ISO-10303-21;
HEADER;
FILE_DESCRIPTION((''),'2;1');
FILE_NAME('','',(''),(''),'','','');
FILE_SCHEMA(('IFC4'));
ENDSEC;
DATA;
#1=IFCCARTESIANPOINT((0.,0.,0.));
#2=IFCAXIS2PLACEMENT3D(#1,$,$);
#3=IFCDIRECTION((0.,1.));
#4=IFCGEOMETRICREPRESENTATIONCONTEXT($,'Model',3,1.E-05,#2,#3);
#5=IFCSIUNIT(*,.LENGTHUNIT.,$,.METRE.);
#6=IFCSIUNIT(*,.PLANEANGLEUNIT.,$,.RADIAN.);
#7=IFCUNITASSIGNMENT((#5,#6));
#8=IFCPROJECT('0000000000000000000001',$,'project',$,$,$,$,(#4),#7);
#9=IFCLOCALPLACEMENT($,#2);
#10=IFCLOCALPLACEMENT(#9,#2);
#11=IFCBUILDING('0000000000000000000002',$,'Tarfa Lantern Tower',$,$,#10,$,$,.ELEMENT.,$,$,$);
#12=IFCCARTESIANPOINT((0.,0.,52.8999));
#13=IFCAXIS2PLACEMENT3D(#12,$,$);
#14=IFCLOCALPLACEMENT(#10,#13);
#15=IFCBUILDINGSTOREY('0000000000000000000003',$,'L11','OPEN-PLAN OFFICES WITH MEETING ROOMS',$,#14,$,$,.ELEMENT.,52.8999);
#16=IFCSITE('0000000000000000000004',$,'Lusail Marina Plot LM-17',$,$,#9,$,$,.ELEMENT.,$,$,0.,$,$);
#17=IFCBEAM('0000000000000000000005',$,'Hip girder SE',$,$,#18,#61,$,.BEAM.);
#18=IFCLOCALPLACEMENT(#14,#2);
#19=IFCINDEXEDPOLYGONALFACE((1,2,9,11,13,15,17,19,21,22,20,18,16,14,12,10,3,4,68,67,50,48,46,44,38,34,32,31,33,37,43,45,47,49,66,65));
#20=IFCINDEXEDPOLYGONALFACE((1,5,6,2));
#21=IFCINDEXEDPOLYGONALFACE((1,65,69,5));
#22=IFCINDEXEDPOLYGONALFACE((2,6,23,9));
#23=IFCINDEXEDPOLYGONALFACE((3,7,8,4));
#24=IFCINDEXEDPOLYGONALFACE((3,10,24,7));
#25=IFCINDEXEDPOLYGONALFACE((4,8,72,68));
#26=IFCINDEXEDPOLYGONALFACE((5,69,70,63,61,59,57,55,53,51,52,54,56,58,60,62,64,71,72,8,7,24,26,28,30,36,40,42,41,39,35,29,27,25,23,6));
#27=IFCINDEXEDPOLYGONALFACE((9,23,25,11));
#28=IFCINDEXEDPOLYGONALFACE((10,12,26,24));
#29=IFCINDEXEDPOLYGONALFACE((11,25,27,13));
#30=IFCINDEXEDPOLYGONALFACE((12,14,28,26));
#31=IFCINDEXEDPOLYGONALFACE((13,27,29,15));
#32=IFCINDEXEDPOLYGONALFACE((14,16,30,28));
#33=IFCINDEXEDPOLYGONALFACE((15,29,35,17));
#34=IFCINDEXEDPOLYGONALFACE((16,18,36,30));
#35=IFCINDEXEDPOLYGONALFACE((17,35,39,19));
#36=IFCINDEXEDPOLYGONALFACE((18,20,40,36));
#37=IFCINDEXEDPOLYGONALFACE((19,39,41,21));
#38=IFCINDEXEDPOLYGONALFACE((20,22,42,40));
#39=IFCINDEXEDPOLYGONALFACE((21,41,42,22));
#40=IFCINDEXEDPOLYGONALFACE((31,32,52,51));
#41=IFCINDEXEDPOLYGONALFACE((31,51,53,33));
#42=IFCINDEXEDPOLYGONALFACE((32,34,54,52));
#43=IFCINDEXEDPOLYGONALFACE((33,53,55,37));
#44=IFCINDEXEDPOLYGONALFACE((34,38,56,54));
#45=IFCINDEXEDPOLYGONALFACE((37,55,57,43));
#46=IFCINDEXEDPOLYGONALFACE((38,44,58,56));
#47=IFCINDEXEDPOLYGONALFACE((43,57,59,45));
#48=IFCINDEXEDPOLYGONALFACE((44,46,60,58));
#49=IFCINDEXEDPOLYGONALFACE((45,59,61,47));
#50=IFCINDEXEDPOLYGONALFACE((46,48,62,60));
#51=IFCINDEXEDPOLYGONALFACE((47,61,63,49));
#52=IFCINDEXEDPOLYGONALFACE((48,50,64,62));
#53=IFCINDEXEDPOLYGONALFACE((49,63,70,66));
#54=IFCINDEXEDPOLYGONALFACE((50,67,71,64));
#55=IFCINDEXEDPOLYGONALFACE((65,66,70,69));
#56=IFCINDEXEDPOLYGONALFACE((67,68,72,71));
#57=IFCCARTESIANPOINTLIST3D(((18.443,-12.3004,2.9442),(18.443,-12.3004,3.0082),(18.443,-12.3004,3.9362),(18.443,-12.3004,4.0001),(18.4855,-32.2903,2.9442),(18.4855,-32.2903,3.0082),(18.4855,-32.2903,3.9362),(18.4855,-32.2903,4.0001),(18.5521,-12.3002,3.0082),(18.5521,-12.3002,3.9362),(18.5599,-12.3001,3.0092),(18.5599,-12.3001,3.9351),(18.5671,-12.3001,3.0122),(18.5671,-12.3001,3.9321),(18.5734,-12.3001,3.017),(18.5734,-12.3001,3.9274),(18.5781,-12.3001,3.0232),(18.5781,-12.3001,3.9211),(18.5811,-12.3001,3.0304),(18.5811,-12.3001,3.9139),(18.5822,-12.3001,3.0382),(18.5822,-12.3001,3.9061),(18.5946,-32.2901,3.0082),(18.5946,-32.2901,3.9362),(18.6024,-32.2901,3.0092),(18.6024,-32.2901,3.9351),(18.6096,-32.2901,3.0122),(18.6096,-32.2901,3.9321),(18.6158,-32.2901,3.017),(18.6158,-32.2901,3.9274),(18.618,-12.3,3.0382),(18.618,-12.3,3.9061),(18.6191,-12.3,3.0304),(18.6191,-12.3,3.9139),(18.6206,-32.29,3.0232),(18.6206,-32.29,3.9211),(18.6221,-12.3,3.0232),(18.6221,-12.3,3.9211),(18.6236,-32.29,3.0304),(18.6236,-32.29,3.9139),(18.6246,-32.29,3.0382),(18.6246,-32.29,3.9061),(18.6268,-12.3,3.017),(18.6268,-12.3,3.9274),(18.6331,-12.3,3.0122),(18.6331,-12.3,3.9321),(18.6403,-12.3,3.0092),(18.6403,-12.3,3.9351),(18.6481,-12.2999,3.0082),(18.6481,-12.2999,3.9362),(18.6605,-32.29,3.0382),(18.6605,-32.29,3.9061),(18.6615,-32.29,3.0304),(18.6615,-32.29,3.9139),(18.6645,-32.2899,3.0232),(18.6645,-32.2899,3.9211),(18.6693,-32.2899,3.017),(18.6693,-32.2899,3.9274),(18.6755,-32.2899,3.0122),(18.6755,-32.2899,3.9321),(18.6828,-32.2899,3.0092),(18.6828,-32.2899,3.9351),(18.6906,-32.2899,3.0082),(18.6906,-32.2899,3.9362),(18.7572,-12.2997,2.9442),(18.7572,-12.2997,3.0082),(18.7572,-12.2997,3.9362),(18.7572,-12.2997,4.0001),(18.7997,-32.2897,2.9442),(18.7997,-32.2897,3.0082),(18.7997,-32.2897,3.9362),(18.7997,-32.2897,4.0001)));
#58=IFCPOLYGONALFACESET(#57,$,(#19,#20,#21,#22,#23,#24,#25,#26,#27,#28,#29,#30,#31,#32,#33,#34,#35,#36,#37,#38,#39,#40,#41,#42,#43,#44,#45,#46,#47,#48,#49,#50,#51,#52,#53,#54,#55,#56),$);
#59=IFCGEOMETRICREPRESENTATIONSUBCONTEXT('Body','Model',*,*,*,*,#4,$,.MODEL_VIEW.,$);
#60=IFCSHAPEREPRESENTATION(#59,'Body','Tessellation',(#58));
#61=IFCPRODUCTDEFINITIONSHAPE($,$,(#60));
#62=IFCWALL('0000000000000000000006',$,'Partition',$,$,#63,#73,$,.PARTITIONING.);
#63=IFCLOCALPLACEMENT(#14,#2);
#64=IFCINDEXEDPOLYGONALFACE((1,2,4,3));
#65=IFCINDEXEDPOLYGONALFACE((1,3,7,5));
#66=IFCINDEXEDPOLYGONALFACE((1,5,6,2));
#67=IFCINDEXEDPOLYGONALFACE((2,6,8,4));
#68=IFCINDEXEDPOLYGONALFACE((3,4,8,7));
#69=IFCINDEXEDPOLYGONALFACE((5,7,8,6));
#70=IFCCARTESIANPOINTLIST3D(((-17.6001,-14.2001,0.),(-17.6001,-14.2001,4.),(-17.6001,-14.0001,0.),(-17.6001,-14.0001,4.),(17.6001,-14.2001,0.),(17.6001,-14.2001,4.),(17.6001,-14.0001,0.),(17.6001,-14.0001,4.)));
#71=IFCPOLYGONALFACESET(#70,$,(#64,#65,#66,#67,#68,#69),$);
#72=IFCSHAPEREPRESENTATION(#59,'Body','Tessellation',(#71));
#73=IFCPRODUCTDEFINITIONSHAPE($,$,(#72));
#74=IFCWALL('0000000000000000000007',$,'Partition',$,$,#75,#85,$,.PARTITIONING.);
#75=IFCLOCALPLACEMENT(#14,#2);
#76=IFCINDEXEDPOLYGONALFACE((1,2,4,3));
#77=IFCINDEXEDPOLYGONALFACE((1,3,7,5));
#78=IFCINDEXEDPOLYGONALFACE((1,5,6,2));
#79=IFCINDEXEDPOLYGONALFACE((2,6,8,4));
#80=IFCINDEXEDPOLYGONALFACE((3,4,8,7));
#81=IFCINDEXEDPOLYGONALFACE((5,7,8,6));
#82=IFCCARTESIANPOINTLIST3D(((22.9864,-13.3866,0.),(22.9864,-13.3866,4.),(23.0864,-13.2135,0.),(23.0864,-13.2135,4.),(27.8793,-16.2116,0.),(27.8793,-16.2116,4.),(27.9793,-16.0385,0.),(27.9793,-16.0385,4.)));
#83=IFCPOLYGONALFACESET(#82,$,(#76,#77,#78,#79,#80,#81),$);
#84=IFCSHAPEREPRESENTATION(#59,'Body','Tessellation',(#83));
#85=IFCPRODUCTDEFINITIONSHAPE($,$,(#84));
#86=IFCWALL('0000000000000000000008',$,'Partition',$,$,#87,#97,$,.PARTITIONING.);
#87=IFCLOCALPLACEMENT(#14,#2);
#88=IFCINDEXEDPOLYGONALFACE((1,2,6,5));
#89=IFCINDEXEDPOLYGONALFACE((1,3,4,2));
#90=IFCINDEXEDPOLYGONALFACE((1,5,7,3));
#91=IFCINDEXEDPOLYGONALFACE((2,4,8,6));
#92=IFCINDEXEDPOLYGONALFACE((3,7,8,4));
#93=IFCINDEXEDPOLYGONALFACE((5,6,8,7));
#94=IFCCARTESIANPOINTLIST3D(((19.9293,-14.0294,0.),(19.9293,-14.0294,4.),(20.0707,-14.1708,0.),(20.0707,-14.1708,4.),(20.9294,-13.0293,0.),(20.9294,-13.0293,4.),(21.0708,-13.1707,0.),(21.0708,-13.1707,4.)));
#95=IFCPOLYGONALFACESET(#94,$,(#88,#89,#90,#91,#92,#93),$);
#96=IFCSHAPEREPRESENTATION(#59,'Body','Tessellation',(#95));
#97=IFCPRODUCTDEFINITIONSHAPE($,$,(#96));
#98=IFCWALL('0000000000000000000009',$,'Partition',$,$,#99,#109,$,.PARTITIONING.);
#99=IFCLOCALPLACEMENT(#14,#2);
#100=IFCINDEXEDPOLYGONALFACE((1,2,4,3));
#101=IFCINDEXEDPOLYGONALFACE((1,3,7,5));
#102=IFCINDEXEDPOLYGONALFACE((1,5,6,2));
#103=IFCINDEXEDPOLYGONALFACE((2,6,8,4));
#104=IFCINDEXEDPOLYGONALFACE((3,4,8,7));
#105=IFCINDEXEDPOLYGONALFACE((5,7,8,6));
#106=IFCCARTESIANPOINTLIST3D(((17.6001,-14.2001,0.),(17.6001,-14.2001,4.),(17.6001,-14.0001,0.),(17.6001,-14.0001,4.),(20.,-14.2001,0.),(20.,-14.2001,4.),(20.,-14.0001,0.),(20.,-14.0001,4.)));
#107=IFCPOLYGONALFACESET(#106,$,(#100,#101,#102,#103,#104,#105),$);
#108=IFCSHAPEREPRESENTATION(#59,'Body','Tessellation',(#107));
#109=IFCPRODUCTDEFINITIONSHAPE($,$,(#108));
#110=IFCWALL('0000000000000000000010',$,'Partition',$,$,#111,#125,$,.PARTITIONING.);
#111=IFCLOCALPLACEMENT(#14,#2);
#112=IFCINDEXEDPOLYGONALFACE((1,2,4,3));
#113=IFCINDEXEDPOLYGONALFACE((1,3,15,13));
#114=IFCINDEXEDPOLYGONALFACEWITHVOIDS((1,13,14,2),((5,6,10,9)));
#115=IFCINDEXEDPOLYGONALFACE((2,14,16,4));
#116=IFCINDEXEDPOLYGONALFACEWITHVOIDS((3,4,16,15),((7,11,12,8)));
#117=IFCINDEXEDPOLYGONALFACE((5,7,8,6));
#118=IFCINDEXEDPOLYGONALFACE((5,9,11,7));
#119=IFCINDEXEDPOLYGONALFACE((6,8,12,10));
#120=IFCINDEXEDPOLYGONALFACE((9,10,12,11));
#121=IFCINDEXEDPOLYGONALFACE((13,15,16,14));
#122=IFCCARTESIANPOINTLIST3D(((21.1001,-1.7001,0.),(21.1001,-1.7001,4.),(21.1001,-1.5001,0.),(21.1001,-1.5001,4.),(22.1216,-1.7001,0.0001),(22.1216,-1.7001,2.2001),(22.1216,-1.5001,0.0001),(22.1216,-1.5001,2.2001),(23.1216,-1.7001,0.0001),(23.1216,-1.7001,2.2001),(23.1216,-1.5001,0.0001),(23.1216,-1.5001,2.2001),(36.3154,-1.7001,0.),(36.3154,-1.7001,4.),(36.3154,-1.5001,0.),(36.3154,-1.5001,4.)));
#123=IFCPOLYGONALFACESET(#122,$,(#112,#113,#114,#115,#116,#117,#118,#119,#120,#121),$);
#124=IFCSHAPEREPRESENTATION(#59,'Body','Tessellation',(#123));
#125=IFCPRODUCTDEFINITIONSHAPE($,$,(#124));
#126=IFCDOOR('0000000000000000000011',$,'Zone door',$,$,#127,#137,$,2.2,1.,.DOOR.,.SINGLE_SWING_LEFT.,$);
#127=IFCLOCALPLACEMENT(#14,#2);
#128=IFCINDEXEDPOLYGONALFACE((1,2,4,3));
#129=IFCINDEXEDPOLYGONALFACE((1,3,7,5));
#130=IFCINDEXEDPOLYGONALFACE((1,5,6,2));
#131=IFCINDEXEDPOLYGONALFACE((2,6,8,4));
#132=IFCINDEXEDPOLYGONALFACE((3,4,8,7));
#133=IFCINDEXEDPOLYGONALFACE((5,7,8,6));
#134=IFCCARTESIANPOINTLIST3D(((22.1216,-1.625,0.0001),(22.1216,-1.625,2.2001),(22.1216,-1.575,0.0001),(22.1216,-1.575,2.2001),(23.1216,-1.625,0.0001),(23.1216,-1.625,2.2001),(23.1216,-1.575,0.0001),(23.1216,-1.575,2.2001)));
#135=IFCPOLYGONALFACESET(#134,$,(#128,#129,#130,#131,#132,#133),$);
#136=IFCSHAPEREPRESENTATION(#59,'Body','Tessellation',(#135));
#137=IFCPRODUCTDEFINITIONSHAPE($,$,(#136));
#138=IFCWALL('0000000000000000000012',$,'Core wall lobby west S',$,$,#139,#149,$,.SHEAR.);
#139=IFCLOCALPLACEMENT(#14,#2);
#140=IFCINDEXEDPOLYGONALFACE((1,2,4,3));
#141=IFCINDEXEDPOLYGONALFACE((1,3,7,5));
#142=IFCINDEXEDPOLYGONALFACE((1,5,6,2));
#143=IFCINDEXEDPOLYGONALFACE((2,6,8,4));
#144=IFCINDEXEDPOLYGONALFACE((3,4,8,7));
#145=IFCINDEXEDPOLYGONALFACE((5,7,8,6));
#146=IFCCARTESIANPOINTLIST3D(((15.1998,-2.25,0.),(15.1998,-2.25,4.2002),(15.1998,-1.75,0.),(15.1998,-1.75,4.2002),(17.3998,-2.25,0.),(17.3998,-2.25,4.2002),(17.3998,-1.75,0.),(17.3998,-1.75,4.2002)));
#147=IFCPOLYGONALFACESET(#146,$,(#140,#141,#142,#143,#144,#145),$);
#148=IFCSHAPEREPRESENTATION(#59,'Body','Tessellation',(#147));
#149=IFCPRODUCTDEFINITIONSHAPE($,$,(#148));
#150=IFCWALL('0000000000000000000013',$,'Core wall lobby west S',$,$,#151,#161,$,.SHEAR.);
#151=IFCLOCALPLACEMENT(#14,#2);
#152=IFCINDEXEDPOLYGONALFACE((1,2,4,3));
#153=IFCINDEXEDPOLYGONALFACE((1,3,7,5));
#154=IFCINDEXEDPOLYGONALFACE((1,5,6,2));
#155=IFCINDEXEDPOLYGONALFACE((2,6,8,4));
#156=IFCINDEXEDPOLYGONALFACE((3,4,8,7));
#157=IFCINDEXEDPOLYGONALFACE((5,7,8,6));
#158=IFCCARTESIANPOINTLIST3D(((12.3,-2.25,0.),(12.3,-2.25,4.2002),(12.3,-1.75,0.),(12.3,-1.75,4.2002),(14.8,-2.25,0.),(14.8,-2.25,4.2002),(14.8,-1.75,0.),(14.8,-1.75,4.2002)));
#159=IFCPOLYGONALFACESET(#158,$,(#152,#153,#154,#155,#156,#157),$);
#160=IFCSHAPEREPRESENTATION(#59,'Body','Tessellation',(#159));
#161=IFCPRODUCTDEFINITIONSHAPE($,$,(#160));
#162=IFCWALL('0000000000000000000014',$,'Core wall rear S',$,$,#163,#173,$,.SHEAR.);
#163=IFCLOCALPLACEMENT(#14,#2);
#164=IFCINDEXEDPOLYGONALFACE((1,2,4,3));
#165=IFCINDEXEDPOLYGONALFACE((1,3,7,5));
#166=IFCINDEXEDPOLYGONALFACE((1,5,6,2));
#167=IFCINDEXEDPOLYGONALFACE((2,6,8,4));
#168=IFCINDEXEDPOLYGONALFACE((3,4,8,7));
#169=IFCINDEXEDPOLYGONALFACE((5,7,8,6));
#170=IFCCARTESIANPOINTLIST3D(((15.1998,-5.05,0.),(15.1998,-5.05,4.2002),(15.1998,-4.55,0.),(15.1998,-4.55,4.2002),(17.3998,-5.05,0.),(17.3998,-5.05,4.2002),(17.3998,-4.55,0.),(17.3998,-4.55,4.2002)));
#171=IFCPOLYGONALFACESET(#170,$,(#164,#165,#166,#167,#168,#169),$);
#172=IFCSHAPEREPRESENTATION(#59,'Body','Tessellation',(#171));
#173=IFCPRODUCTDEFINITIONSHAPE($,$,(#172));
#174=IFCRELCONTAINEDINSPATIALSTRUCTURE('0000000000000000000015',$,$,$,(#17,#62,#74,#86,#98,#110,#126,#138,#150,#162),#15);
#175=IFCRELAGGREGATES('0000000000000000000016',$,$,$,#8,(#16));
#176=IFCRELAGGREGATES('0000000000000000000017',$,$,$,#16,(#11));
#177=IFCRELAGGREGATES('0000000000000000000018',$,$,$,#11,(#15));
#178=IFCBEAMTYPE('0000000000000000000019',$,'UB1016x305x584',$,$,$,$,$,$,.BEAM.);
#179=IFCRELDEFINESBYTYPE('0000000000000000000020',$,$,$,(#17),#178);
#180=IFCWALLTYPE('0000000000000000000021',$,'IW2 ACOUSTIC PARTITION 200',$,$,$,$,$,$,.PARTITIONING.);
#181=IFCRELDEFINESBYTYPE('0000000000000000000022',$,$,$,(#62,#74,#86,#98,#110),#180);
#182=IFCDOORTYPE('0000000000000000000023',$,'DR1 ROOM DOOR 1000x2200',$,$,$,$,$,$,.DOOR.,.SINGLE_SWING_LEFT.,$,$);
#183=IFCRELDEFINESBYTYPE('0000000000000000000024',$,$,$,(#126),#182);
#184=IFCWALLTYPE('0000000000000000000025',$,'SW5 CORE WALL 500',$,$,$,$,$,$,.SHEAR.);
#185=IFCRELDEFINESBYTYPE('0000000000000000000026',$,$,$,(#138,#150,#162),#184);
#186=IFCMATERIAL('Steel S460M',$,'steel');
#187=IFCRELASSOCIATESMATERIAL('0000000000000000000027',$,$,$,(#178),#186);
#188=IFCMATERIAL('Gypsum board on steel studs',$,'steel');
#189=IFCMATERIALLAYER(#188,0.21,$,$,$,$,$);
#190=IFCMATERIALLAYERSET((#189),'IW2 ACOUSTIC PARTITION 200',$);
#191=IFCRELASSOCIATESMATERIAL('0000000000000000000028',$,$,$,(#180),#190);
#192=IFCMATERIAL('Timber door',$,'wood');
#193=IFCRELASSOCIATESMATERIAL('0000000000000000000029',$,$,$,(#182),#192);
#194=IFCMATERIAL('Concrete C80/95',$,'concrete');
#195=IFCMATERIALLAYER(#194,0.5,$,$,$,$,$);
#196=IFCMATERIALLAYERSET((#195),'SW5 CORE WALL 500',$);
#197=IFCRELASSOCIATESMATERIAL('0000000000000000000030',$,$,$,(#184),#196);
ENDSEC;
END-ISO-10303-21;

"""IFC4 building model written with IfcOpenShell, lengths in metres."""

from ifc_helpers import new_model, si_unit, direction, frame, frame_2d, origin, origin_2d, place, context, subcontext, project, spatial, rectangle, i_section, extrude, material, layer, layer_set, material_profile, profile_set, type_object, element, fill, save


model = new_model("IFC4")

# Units and contexts
model_context = context("Model", 3, precision=1e-05, world=origin(), true_north=direction((0.0, 1.0)))
body_context = subcontext(model_context, "Body", "Model", "MODEL_VIEW")
ifc_project = project(units=[si_unit("LENGTHUNIT", "METRE"), si_unit("PLANEANGLEUNIT", "RADIAN")], contexts=[model_context])

# Site, building, storey
site_placement = place(None, origin())
site = spatial("IfcSite", under=ifc_project, at=site_placement, Name="Lusail Marina Plot LM-17", CompositionType="ELEMENT", RefElevation=0.0)
building_placement = place(site_placement, origin())
building = spatial("IfcBuilding", under=site, at=building_placement, Name="Tarfa Lantern Tower", CompositionType="ELEMENT")
storey_placement = place(building_placement, frame((0.0, 0.0, 52.8999)))
storey = spatial("IfcBuildingStorey", under=building, at=storey_placement, Name="L11", Description="OPEN-PLAN OFFICES WITH MEETING ROOMS", CompositionType="ELEMENT", Elevation=52.8999)

# Beam
ifc_material_1 = material(Name="Steel S460M", Category="steel")
ifc_material_profile = material_profile(ifc_material_1, i_section(OverallWidth=0.3142, OverallDepth=1.0559, WebThickness=0.0359, FlangeThickness=0.064, FilletRadius=0.03, at=origin_2d()), Name="UB1016x305x584")
ifc_profile_set = profile_set([ifc_material_profile], Name="Steel S460M")
beam_type = type_object("IfcBeamType", Name="UB1016x305x584", PredefinedType="BEAM", material=ifc_profile_set)
beam_placement = place(storey_placement, frame((18.6001, -12.3, 3.4722), z_axis=(0.002125, -0.999998, 0.0), x_axis=(0.999998, 0.002125, 0.0)))
element("IfcBeam", 1, at=beam_placement, inside=storey, type_object=beam_type, Name="Hip girder SE", PredefinedType="BEAM", context=body_context, shape_type="SweptSolid", body=[
    extrude(i_section(OverallWidth=0.3142, OverallDepth=1.0559, WebThickness=0.0359, FlangeThickness=0.064, FilletRadius=0.03, at=origin_2d()), origin(), (0.0, 0.0, 1.0), 19.99),
])

# Walls
ifc_material_2 = material(Name="Gypsum board on steel studs", Category="steel")
ifc_layer_1 = layer(ifc_material_2, 0.21)
ifc_layer_set_1 = layer_set([ifc_layer_1], Name="IW2 ACOUSTIC PARTITION 200")
wall_type_1 = type_object("IfcWallType", Name="IW2 ACOUSTIC PARTITION 200", PredefinedType="PARTITIONING", material=ifc_layer_set_1)
wall_1_placement = place(storey_placement, frame((17.6001, -14.1001, 0.0), z_axis=(0.0, 0.0, 1.0), x_axis=(-1.0, 0.0, 0.0)))
element("IfcWall", 2, at=wall_1_placement, inside=storey, type_object=wall_type_1, Name="Partition", PredefinedType="PARTITIONING", context=body_context, shape_type="SweptSolid", body=[
    extrude(rectangle(XDim=35.2002, YDim=0.2, at=frame_2d((17.6001, 0.0))), origin(), (0.0, 0.0, 1.0), 4.0),
])
wall_2_placement = place(storey_placement, frame((23.0364, -13.3, 0.0), z_axis=(0.0, 0.0, 1.0), x_axis=(0.866019, -0.50001, 0.0)))
element("IfcWall", 3, at=wall_2_placement, inside=storey, type_object=wall_type_1, Name="Partition", PredefinedType="PARTITIONING", context=body_context, shape_type="SweptSolid", body=[
    extrude(rectangle(XDim=5.6499, YDim=0.2, at=frame_2d((2.825, 0.0))), origin(), (0.0, 0.0, 1.0), 4.0),
])
wall_3_placement = place(storey_placement, frame((21.0, -13.1001, 0.0), z_axis=(0.0, 0.0, 1.0), x_axis=(-0.707107, -0.707107, 0.0)))
element("IfcWall", 4, at=wall_3_placement, inside=storey, type_object=wall_type_1, Name="Partition", PredefinedType="PARTITIONING", context=body_context, shape_type="SweptSolid", body=[
    extrude(rectangle(XDim=1.4143, YDim=0.2, at=frame_2d((0.707, 0.0))), origin(), (0.0, 0.0, 1.0), 4.0),
])
wall_4_placement = place(storey_placement, frame((20.0, -14.1001, 0.0), z_axis=(0.0, 0.0, 1.0), x_axis=(-1.0, 0.0, 0.0)))
element("IfcWall", 5, at=wall_4_placement, inside=storey, type_object=wall_type_1, Name="Partition", PredefinedType="PARTITIONING", context=body_context, shape_type="SweptSolid", body=[
    extrude(rectangle(XDim=2.3999, YDim=0.2, at=frame_2d((1.2, 0.0))), origin(), (0.0, 0.0, 1.0), 4.0),
])

# Wall, opening, door
wall_5_placement = place(storey_placement, frame((21.1001, -1.6001, 0.0), z_axis=(0.0, 0.0, 1.0), x_axis=(1.0, 0.0, 0.0)))
wall_5 = element("IfcWall", 6, at=wall_5_placement, inside=storey, type_object=wall_type_1, Name="Partition", PredefinedType="PARTITIONING", context=body_context, shape_type="SweptSolid", body=[
    extrude(rectangle(XDim=15.2153, YDim=0.2, at=frame_2d((7.6077, 0.0))), origin(), (0.0, 0.0, 1.0), 4.0),
])
opening_1_placement = place(wall_5_placement, frame((1.0215, 0.0, 0.0)))
opening_1 = element("IfcOpeningElement", 7, at=opening_1_placement, cuts=wall_5, PredefinedType="OPENING", context=body_context, shape_type="SweptSolid", body=[
    extrude(rectangle(XDim=1.0, YDim=2.2, at=frame_2d((0.5, 1.1001))), frame((0.0, 0.1099, 0.0), z_axis=(0.0, -1.0, 0.0), x_axis=(1.0, 0.0, 0.0)), (0.0, 0.0, 1.0), 0.22),
])
ifc_material_3 = material(Name="Timber door", Category="wood")
door_type_1 = type_object("IfcDoorType", Name="DR1 ROOM DOOR 1000x2200", OperationType="SINGLE_SWING_LEFT", PredefinedType="DOOR", material=ifc_material_3)
door_1_placement = place(opening_1_placement, frame((1.0, 0.0, 0.0), z_axis=(0.0, 0.0, 1.0), x_axis=(-1.0, 0.0, 0.0)))
door_1 = element("IfcDoor", 8, at=door_1_placement, inside=storey, type_object=door_type_1, Name="Zone door", OperationType="SINGLE_SWING_LEFT", OverallHeight=2.2, OverallWidth=1.0, PredefinedType="DOOR", context=body_context, shape_type="SweptSolid", body=[
    extrude(rectangle(XDim=1.0, YDim=2.2, at=frame_2d((0.5, 1.1001))), frame((0.0, 0.0249, 0.0), z_axis=(0.0, -1.0, 0.0), x_axis=(1.0, 0.0, 0.0)), (0.0, 0.0, 1.0), 0.05),
])
fill(opening_1, door_1)
ifc_material_4 = material(Name="Concrete C80/95", Category="concrete")

# Walls
ifc_layer_2 = layer(ifc_material_4, 0.5)
ifc_layer_set_2 = layer_set([ifc_layer_2], Name="SW5 CORE WALL 500")
wall_type_2 = type_object("IfcWallType", Name="SW5 CORE WALL 500", PredefinedType="SHEAR", material=ifc_layer_set_2)
wall_6_placement = place(storey_placement, frame((17.3999, -2.0, 0.0), z_axis=(0.0, 0.0, 1.0), x_axis=(-1.0, 0.0, 0.0)))
element("IfcWall", 9, at=wall_6_placement, inside=storey, type_object=wall_type_2, Name="Core wall lobby west S", PredefinedType="SHEAR", context=body_context, shape_type="SweptSolid", body=[
    extrude(rectangle(XDim=2.2, YDim=0.5, at=frame_2d((1.1001, 0.0))), origin(), (0.0, 0.0, 1.0), 4.2002),
])
wall_7_placement = place(storey_placement, frame((14.8, -2.0, 0.0), z_axis=(0.0, 0.0, 1.0), x_axis=(-1.0, 0.0, 0.0)))
element("IfcWall", 10, at=wall_7_placement, inside=storey, type_object=wall_type_2, Name="Core wall lobby west S", PredefinedType="SHEAR", context=body_context, shape_type="SweptSolid", body=[
    extrude(rectangle(XDim=2.5, YDim=0.5, at=frame_2d((1.25, 0.0))), origin(), (0.0, 0.0, 1.0), 4.2002),
])
wall_8_placement = place(storey_placement, frame((17.3999, -4.8, 0.0), z_axis=(0.0, 0.0, 1.0), x_axis=(-1.0, 0.0, 0.0)))
element("IfcWall", 11, at=wall_8_placement, inside=storey, type_object=wall_type_2, Name="Core wall rear S", PredefinedType="SHEAR", context=body_context, shape_type="SweptSolid", body=[
    extrude(rectangle(XDim=2.2, YDim=0.5, at=frame_2d((1.1001, 0.0))), origin(), (0.0, 0.0, 1.0), 4.2002),
])

save(model, "model.ifc")
